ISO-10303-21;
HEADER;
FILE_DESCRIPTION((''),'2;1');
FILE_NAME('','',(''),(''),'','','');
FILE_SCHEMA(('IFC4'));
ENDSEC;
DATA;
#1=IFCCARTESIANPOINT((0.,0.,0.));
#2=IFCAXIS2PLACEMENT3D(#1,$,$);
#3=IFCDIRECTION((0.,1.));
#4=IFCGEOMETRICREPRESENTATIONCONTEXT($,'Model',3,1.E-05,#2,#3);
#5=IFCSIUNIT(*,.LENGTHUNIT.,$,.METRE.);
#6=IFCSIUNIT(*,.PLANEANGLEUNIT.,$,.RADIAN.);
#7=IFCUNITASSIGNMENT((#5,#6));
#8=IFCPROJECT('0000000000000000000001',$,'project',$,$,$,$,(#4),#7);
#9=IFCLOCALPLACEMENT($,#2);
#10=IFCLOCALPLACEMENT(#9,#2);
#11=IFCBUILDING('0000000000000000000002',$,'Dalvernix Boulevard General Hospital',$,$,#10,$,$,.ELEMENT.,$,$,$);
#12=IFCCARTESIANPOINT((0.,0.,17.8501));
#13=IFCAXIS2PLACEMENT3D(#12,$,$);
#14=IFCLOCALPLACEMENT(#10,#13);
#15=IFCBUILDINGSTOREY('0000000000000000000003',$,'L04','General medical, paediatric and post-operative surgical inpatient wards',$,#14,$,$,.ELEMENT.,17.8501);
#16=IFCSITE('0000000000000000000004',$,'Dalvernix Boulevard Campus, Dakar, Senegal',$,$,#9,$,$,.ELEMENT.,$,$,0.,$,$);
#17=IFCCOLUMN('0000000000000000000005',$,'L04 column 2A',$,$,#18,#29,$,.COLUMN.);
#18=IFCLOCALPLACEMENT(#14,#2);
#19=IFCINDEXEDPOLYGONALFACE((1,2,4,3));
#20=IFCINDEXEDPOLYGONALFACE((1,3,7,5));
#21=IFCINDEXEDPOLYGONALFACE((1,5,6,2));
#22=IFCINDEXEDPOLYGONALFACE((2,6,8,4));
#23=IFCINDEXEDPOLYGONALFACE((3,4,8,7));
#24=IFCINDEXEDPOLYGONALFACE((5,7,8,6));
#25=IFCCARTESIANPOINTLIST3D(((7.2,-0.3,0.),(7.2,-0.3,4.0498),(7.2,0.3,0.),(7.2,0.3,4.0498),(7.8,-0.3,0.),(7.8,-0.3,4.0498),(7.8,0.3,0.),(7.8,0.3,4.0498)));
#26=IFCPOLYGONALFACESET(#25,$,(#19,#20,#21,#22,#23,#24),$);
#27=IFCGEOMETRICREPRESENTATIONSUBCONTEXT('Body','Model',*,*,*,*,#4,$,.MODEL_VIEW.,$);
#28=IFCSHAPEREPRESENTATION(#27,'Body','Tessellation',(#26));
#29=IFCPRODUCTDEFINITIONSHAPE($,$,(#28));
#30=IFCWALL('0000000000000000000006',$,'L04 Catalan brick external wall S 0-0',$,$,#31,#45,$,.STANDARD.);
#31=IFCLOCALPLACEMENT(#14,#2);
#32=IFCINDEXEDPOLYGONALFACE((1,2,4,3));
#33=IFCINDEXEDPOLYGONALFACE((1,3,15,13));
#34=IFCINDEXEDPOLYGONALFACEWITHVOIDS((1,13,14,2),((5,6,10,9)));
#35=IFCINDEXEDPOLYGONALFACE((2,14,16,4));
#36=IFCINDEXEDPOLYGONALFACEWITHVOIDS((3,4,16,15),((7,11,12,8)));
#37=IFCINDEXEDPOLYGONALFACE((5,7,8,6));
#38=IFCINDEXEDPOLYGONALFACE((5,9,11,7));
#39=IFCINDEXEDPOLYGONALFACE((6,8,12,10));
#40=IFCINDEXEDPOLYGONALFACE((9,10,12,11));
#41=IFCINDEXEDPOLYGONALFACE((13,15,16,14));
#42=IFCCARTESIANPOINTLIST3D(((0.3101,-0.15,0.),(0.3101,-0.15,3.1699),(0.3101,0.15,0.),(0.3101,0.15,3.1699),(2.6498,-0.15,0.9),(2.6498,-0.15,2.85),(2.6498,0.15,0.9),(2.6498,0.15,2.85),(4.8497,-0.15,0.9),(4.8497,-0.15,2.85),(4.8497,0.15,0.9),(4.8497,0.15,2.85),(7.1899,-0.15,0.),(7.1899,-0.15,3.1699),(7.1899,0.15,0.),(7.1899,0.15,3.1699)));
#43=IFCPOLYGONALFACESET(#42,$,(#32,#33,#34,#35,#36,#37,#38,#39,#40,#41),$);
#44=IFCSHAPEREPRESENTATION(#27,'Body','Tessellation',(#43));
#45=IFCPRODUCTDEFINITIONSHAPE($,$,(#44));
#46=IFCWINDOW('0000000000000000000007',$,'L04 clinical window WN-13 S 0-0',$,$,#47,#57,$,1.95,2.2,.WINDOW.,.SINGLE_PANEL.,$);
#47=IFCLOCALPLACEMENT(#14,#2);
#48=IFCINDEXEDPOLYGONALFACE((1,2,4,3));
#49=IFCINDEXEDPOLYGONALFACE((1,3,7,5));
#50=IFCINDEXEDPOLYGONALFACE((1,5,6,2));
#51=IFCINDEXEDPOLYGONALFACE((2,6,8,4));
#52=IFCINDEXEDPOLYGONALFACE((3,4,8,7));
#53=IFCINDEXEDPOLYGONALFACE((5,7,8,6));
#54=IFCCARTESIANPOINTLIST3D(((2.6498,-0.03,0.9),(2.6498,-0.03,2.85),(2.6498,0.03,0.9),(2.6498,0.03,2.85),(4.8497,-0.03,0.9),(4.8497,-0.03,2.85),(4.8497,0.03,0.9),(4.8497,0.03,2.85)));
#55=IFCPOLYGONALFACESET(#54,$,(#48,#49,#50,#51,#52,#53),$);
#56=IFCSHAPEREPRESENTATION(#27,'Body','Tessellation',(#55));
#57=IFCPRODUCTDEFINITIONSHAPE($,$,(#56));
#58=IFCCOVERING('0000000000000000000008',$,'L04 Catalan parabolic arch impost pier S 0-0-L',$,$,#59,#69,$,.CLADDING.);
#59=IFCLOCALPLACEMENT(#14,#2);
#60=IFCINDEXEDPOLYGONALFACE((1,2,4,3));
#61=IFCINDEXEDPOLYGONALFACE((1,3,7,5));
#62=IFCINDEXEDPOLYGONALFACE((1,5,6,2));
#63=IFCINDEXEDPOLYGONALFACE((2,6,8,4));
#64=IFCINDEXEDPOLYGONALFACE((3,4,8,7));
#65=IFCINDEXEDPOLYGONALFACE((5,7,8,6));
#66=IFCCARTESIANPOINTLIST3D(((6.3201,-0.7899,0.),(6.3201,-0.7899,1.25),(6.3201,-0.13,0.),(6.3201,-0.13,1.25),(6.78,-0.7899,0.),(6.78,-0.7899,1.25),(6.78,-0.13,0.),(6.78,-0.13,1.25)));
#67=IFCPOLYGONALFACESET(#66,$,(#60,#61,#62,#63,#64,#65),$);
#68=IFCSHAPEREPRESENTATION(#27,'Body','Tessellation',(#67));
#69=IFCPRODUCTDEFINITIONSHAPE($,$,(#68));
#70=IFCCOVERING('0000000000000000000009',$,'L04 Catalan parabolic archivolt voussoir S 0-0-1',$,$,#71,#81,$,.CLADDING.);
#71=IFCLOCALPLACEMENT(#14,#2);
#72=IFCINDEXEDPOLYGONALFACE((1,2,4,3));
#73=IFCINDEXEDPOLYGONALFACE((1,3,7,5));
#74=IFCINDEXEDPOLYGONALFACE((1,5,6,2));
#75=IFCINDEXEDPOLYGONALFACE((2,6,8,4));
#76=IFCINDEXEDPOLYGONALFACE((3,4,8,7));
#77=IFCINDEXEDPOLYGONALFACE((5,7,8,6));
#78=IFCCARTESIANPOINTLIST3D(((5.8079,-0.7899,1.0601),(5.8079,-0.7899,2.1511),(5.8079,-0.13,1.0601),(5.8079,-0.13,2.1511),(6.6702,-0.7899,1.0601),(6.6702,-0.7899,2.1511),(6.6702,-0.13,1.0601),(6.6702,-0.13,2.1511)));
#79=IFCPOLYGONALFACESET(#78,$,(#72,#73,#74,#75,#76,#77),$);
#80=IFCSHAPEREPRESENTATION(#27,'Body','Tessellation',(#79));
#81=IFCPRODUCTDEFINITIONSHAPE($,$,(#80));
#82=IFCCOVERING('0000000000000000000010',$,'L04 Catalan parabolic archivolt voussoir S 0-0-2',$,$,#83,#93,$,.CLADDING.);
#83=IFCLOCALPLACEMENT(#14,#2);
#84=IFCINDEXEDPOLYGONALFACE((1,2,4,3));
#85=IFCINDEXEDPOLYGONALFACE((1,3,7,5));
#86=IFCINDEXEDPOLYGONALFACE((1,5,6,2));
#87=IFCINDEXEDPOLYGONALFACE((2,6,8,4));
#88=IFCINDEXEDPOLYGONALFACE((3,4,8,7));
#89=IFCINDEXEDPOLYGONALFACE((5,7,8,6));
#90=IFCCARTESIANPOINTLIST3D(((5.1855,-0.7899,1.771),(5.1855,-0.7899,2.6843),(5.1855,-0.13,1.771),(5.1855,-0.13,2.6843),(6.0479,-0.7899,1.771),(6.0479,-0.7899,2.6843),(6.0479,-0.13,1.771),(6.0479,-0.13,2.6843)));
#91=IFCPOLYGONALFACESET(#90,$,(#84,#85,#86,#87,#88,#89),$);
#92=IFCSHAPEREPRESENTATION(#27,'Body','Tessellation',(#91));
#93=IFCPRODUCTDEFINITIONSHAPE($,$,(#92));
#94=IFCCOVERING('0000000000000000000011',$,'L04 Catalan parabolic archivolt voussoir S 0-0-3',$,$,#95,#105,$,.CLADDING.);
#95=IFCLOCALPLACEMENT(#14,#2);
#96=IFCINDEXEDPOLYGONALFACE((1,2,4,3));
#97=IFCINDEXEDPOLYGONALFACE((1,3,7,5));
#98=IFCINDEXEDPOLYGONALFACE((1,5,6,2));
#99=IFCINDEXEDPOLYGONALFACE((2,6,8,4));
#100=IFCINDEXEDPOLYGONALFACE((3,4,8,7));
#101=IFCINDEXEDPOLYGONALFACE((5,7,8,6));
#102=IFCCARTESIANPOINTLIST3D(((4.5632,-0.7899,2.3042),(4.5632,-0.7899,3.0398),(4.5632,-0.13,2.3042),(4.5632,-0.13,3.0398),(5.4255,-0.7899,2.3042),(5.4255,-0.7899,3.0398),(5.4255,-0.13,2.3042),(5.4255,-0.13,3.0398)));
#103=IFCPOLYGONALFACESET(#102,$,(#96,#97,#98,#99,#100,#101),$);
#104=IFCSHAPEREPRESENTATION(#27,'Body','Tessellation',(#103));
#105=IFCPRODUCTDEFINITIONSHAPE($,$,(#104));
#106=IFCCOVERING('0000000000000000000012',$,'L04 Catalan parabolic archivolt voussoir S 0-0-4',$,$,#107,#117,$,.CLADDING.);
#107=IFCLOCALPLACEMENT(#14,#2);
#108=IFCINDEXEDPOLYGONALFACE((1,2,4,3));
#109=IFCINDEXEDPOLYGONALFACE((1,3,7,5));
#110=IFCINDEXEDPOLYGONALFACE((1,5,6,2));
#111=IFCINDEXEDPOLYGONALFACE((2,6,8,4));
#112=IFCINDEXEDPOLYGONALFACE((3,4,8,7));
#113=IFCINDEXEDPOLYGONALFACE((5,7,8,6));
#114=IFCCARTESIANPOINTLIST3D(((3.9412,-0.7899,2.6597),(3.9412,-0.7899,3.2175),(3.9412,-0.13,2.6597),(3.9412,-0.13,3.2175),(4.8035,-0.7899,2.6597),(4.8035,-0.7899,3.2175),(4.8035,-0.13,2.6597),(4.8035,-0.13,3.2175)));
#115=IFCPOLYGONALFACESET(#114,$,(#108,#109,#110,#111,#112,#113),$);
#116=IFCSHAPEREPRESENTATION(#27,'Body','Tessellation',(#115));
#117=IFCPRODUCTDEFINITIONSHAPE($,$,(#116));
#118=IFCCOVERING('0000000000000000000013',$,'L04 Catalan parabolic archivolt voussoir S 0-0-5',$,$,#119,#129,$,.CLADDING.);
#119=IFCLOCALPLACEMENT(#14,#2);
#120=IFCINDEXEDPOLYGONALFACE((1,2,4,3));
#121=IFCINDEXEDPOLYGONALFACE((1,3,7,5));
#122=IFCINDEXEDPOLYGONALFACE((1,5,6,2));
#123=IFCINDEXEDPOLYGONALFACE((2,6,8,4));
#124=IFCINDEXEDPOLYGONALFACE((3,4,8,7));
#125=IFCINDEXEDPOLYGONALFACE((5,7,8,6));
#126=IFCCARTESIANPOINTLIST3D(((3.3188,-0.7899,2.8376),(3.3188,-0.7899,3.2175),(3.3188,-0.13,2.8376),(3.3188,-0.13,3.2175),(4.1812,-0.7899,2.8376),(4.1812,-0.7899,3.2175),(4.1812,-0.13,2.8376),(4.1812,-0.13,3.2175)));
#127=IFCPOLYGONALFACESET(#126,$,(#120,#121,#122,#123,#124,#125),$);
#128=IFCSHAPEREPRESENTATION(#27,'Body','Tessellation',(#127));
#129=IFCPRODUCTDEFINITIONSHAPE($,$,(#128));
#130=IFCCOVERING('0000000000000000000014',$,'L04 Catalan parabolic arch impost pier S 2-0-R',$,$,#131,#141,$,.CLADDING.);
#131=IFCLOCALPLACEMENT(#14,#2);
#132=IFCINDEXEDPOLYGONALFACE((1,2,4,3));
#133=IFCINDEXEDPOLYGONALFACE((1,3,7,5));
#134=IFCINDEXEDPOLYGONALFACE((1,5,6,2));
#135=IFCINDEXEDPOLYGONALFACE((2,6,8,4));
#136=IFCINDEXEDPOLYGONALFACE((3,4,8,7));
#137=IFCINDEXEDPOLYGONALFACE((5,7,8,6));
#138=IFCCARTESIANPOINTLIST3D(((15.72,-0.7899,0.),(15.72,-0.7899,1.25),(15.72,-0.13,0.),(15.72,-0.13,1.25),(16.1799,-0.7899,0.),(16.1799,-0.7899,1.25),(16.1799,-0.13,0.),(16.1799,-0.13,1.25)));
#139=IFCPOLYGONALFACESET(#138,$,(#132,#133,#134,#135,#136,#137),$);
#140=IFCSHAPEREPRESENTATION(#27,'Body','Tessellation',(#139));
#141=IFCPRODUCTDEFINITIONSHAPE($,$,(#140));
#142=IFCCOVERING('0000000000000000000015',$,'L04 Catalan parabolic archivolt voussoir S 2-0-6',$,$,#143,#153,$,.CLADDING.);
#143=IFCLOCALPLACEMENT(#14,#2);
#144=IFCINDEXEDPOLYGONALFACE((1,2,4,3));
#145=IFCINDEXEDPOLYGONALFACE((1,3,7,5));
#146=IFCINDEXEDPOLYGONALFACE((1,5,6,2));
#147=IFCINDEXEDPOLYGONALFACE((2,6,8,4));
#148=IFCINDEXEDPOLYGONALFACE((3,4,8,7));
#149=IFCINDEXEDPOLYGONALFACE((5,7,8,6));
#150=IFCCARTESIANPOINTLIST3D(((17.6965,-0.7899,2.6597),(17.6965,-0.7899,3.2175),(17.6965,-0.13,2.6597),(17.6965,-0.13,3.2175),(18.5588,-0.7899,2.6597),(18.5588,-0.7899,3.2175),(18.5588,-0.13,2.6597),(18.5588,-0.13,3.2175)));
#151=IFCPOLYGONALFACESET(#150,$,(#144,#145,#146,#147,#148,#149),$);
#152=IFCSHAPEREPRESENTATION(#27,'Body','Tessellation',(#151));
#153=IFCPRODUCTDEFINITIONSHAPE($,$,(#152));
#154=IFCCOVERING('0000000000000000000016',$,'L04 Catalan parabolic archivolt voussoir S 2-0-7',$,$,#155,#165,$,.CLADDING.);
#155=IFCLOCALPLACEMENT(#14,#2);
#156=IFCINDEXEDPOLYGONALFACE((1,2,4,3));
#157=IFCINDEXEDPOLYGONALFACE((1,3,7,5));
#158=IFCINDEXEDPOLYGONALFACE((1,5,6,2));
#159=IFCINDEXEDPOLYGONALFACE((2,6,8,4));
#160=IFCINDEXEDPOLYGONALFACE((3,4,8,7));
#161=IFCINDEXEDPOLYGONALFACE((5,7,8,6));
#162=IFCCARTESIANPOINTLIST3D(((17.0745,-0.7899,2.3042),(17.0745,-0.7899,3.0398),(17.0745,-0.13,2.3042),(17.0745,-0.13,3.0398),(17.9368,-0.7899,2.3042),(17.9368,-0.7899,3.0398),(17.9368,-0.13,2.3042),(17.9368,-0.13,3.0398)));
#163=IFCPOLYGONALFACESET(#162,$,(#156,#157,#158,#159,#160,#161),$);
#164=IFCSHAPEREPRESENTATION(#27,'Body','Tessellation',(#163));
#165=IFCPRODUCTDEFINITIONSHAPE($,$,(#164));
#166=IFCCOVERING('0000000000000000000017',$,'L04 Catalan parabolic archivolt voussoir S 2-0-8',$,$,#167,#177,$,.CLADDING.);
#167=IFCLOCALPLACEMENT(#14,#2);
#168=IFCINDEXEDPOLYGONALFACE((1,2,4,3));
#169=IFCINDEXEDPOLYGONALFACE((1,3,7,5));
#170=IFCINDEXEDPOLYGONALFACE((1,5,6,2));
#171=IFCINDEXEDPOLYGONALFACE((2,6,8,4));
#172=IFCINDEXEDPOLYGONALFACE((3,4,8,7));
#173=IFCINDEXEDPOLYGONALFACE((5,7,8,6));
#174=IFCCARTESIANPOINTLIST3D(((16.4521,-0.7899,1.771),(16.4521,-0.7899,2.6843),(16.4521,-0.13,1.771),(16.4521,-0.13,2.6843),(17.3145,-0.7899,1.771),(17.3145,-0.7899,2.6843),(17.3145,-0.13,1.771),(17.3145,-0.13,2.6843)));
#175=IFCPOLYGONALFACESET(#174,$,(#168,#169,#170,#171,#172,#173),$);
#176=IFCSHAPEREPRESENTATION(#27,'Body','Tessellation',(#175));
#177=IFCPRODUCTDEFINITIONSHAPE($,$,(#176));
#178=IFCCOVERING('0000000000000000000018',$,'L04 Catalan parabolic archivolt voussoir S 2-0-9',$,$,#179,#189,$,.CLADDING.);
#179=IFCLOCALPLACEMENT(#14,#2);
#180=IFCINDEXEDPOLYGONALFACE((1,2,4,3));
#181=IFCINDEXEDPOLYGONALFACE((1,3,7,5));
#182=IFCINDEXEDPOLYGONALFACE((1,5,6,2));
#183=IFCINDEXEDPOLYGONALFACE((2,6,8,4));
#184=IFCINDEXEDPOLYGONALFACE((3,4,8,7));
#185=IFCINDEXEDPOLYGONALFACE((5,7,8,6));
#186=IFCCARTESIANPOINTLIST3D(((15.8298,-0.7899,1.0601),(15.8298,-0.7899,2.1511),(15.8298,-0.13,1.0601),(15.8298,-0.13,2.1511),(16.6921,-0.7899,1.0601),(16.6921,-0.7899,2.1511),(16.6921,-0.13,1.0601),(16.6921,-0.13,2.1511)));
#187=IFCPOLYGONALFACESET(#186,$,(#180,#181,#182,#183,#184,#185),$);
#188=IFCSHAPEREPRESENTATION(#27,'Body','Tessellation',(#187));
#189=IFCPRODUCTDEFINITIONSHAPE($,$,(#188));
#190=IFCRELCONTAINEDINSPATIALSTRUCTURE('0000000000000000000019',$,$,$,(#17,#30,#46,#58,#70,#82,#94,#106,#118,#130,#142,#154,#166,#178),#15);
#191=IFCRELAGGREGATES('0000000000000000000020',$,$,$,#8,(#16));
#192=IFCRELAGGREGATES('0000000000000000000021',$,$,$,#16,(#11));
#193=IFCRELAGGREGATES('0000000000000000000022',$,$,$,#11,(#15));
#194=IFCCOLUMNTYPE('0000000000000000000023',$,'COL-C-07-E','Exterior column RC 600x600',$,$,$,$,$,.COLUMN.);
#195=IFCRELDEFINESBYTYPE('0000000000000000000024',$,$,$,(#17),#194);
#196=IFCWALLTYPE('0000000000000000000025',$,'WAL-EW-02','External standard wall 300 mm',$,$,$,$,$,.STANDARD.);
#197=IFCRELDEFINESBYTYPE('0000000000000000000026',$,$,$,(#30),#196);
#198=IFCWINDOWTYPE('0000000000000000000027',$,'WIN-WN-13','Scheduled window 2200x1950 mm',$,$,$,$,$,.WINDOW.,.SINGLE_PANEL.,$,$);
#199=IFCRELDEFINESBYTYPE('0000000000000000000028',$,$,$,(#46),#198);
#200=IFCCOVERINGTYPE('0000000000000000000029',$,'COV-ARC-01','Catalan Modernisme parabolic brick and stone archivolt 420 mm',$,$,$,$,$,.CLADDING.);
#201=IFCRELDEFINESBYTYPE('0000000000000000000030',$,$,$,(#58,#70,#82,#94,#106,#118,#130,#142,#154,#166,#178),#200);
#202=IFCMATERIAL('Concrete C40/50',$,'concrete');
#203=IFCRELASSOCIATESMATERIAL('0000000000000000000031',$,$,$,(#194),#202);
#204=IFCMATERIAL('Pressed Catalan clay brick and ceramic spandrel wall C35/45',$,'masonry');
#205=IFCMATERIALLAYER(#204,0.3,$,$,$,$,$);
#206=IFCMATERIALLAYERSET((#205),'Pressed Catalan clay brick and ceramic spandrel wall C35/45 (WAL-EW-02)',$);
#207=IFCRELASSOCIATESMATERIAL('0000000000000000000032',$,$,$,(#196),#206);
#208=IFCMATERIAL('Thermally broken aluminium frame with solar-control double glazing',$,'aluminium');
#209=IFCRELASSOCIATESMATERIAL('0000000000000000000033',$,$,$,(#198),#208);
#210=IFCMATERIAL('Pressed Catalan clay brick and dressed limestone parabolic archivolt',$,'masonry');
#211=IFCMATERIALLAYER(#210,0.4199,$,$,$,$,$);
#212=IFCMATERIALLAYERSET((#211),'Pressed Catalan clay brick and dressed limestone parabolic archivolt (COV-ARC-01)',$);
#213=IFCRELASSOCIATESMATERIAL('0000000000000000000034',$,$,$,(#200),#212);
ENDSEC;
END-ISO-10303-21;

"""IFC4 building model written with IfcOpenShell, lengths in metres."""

from ifc_helpers import new_model, si_unit, direction, frame, frame_2d, origin, origin_2d, place, context, subcontext, project, spatial, rectangle, extrude, material, layer, layer_set, material_profile, profile_set, type_object, element, fill, save


model = new_model("IFC4")

# Units and contexts
model_context = context("Model", 3, precision=1e-05, world=origin(), true_north=direction((0.0, 1.0)))
body_context = subcontext(model_context, "Body", "Model", "MODEL_VIEW")
ifc_project = project(units=[si_unit("LENGTHUNIT", "METRE"), si_unit("PLANEANGLEUNIT", "RADIAN")], contexts=[model_context])

# Site, building, storey
site_placement = place(None, origin())
site = spatial("IfcSite", under=ifc_project, at=site_placement, Name="Dalvernix Boulevard Campus, Dakar, Senegal", CompositionType="ELEMENT", RefElevation=0.0)
building_placement = place(site_placement, origin())
building = spatial("IfcBuilding", under=site, at=building_placement, Name="Dalvernix Boulevard General Hospital", CompositionType="ELEMENT")
storey_placement = place(building_placement, frame((0.0, 0.0, 17.8501)))
storey = spatial("IfcBuildingStorey", under=building, at=storey_placement, Name="L04", Description="General medical, paediatric and post-operative surgical inpatient wards", CompositionType="ELEMENT", Elevation=17.8501)

# Column
ifc_material_1 = material(Name="Concrete C40/50", Category="concrete")
ifc_material_profile = material_profile(ifc_material_1, rectangle(XDim=0.6001, YDim=0.6001, at=origin_2d()), Name="RC 600x600")
ifc_profile_set = profile_set([ifc_material_profile], Name="Concrete C40/50")
column_type = type_object("IfcColumnType", Name="COL-C-07-E", Description="Exterior column RC 600x600", PredefinedType="COLUMN", material=ifc_profile_set)
column_placement = place(storey_placement, frame((7.5, 0.0, 0.0), z_axis=(0.0, 0.0, 1.0), x_axis=(1.0, 0.0, 0.0)))
element("IfcColumn", 1, at=column_placement, inside=storey, type_object=column_type, Name="L04 column 2A", PredefinedType="COLUMN", context=body_context, shape_type="SweptSolid", body=[
    extrude(rectangle(XDim=0.6001, YDim=0.6001, at=origin_2d()), origin(), (0.0, 0.0, 1.0), 4.0498),
])

# Wall, opening, window
ifc_material_2 = material(Name="Pressed Catalan clay brick and ceramic spandrel wall C35/45", Category="masonry")
ifc_layer_1 = layer(ifc_material_2, 0.3)
ifc_layer_set_1 = layer_set([ifc_layer_1], Name="Pressed Catalan clay brick and ceramic spandrel wall C35/45 (WAL-EW-02)")
wall_type = type_object("IfcWallType", Name="WAL-EW-02", Description="External standard wall 300 mm", PredefinedType="STANDARD", material=ifc_layer_set_1)
wall_placement = place(storey_placement, frame((7.1899, 0.0, 0.0), z_axis=(0.0, 0.0, 1.0), x_axis=(-1.0, 0.0, 0.0)))
wall = element("IfcWall", 2, at=wall_placement, inside=storey, type_object=wall_type, Name="L04 Catalan brick external wall S 0-0", PredefinedType="STANDARD", context=body_context, shape_type="SweptSolid", body=[
    extrude(rectangle(XDim=6.8799, YDim=0.3, at=frame_2d((3.4399, 0.0))), origin(), (0.0, 0.0, 1.0), 3.1699),
])
opening_placement = place(wall_placement, frame((2.3401, 0.0, 0.8999)))
opening = element("IfcOpeningElement", 3, at=opening_placement, cuts=wall, PredefinedType="OPENING", context=body_context, shape_type="SweptSolid", body=[
    extrude(rectangle(XDim=2.2, YDim=1.95, at=frame_2d((1.1001, 0.9751))), frame((0.0, 0.1599, 0.0), z_axis=(0.0, -1.0, 0.0), x_axis=(1.0, 0.0, 0.0)), (0.0, 0.0, 1.0), 0.3201),
])
ifc_material_3 = material(Name="Thermally broken aluminium frame with solar-control double glazing", Category="aluminium")
window_type = type_object("IfcWindowType", Name="WIN-WN-13", Description="Scheduled window 2200x1950 mm", PartitioningType="SINGLE_PANEL", PredefinedType="WINDOW", material=ifc_material_3)
window_placement = place(opening_placement, origin())
window = element("IfcWindow", 4, at=window_placement, inside=storey, type_object=window_type, Name="L04 clinical window WN-13 S 0-0", OverallHeight=1.95, OverallWidth=2.2, PartitioningType="SINGLE_PANEL", PredefinedType="WINDOW", context=body_context, shape_type="SweptSolid", body=[
    extrude(rectangle(XDim=2.2, YDim=1.95, at=frame_2d((1.1001, 0.9751))), frame((0.0, 0.03, 0.0), z_axis=(0.0, -1.0, 0.0), x_axis=(1.0, 0.0, 0.0)), (0.0, 0.0, 1.0), 0.0601),
])
fill(opening, window)

# Coverings
ifc_material_4 = material(Name="Pressed Catalan clay brick and dressed limestone parabolic archivolt", Category="masonry")
ifc_layer_2 = layer(ifc_material_4, 0.4199)
ifc_layer_set_2 = layer_set([ifc_layer_2], Name="Pressed Catalan clay brick and dressed limestone parabolic archivolt (COV-ARC-01)")
covering_type_1 = type_object("IfcCoveringType", Name="COV-ARC-01", Description="Catalan Modernisme parabolic brick and stone archivolt 420 mm", PredefinedType="CLADDING", material=ifc_layer_set_2)
covering_1_placement = place(storey_placement, frame((6.55, -0.46, 0.0), z_axis=(0.0, 0.0, 1.0), x_axis=(-1.0, 0.0, 0.0)))
element("IfcCovering", 5, at=covering_1_placement, inside=storey, type_object=covering_type_1, Name="L04 Catalan parabolic arch impost pier S 0-0-L", PredefinedType="CLADDING", context=body_context, shape_type="SweptSolid", body=[
    extrude(rectangle(XDim=0.46, YDim=0.6599, at=origin_2d()), origin(), (0.0, 0.0, 1.0), 1.25),
])
covering_2_placement = place(storey_placement, frame((6.239, -0.46, 1.0601), z_axis=(0.0, 0.0, 1.0), x_axis=(-1.0, 0.0, 0.0)))
element("IfcCovering", 6, at=covering_2_placement, inside=storey, type_object=covering_type_1, Name="L04 Catalan parabolic archivolt voussoir S 0-0-1", PredefinedType="CLADDING", context=body_context, shape_type="SweptSolid", body=[
    extrude(rectangle(XDim=0.8623, YDim=0.6599, at=origin_2d()), origin(), (0.0, 0.0, 1.0), 1.0911),
])
covering_3_placement = place(storey_placement, frame((5.6167, -0.46, 1.771), z_axis=(0.0, 0.0, 1.0), x_axis=(-1.0, 0.0, 0.0)))
element("IfcCovering", 7, at=covering_3_placement, inside=storey, type_object=covering_type_1, Name="L04 Catalan parabolic archivolt voussoir S 0-0-2", PredefinedType="CLADDING", context=body_context, shape_type="SweptSolid", body=[
    extrude(rectangle(XDim=0.8623, YDim=0.6599, at=origin_2d()), origin(), (0.0, 0.0, 1.0), 0.9133),
])
covering_4_placement = place(storey_placement, frame((4.9944, -0.46, 2.3042), z_axis=(0.0, 0.0, 1.0), x_axis=(-1.0, 0.0, 0.0)))
element("IfcCovering", 8, at=covering_4_placement, inside=storey, type_object=covering_type_1, Name="L04 Catalan parabolic archivolt voussoir S 0-0-3", PredefinedType="CLADDING", context=body_context, shape_type="SweptSolid", body=[
    extrude(rectangle(XDim=0.8623, YDim=0.6599, at=origin_2d()), origin(), (0.0, 0.0, 1.0), 0.7356),
])
covering_5_placement = place(storey_placement, frame((4.3723, -0.46, 2.6597), z_axis=(0.0, 0.0, 1.0), x_axis=(-1.0, 0.0, 0.0)))
element("IfcCovering", 9, at=covering_5_placement, inside=storey, type_object=covering_type_1, Name="L04 Catalan parabolic archivolt voussoir S 0-0-4", PredefinedType="CLADDING", context=body_context, shape_type="SweptSolid", body=[
    extrude(rectangle(XDim=0.8623, YDim=0.6599, at=origin_2d()), origin(), (0.0, 0.0, 1.0), 0.5579),
])
covering_6_placement = place(storey_placement, frame((3.75, -0.46, 2.8376), z_axis=(0.0, 0.0, 1.0), x_axis=(-1.0, 0.0, 0.0)))
element("IfcCovering", 10, at=covering_6_placement, inside=storey, type_object=covering_type_1, Name="L04 Catalan parabolic archivolt voussoir S 0-0-5", PredefinedType="CLADDING", context=body_context, shape_type="SweptSolid", body=[
    extrude(rectangle(XDim=0.8623, YDim=0.6599, at=origin_2d()), origin(), (0.0, 0.0, 1.0), 0.3799),
])
covering_7_placement = place(storey_placement, frame((15.95, -0.46, 0.0), z_axis=(0.0, 0.0, 1.0), x_axis=(-1.0, 0.0, 0.0)))
element("IfcCovering", 11, at=covering_7_placement, inside=storey, type_object=covering_type_1, Name="L04 Catalan parabolic arch impost pier S 2-0-R", PredefinedType="CLADDING", context=body_context, shape_type="SweptSolid", body=[
    extrude(rectangle(XDim=0.46, YDim=0.6599, at=origin_2d()), origin(), (0.0, 0.0, 1.0), 1.25),
])
covering_8_placement = place(storey_placement, frame((18.1277, -0.46, 2.6597), z_axis=(0.0, 0.0, 1.0), x_axis=(-1.0, 0.0, 0.0)))
element("IfcCovering", 12, at=covering_8_placement, inside=storey, type_object=covering_type_1, Name="L04 Catalan parabolic archivolt voussoir S 2-0-6", PredefinedType="CLADDING", context=body_context, shape_type="SweptSolid", body=[
    extrude(rectangle(XDim=0.8623, YDim=0.6599, at=origin_2d()), origin(), (0.0, 0.0, 1.0), 0.5579),
])
covering_9_placement = place(storey_placement, frame((17.5056, -0.46, 2.3042), z_axis=(0.0, 0.0, 1.0), x_axis=(-1.0, 0.0, 0.0)))
element("IfcCovering", 13, at=covering_9_placement, inside=storey, type_object=covering_type_1, Name="L04 Catalan parabolic archivolt voussoir S 2-0-7", PredefinedType="CLADDING", context=body_context, shape_type="SweptSolid", body=[
    extrude(rectangle(XDim=0.8623, YDim=0.6599, at=origin_2d()), origin(), (0.0, 0.0, 1.0), 0.7356),
])
covering_10_placement = place(storey_placement, frame((16.8833, -0.46, 1.771), z_axis=(0.0, 0.0, 1.0), x_axis=(-1.0, 0.0, 0.0)))
element("IfcCovering", 14, at=covering_10_placement, inside=storey, type_object=covering_type_1, Name="L04 Catalan parabolic archivolt voussoir S 2-0-8", PredefinedType="CLADDING", context=body_context, shape_type="SweptSolid", body=[
    extrude(rectangle(XDim=0.8623, YDim=0.6599, at=origin_2d()), origin(), (0.0, 0.0, 1.0), 0.9133),
])
covering_11_placement = place(storey_placement, frame((16.261, -0.46, 1.0601), z_axis=(0.0, 0.0, 1.0), x_axis=(-1.0, 0.0, 0.0)))
element("IfcCovering", 15, at=covering_11_placement, inside=storey, type_object=covering_type_1, Name="L04 Catalan parabolic archivolt voussoir S 2-0-9", PredefinedType="CLADDING", context=body_context, shape_type="SweptSolid", body=[
    extrude(rectangle(XDim=0.8623, YDim=0.6599, at=origin_2d()), origin(), (0.0, 0.0, 1.0), 1.0911),
])

save(model, "model.ifc")
